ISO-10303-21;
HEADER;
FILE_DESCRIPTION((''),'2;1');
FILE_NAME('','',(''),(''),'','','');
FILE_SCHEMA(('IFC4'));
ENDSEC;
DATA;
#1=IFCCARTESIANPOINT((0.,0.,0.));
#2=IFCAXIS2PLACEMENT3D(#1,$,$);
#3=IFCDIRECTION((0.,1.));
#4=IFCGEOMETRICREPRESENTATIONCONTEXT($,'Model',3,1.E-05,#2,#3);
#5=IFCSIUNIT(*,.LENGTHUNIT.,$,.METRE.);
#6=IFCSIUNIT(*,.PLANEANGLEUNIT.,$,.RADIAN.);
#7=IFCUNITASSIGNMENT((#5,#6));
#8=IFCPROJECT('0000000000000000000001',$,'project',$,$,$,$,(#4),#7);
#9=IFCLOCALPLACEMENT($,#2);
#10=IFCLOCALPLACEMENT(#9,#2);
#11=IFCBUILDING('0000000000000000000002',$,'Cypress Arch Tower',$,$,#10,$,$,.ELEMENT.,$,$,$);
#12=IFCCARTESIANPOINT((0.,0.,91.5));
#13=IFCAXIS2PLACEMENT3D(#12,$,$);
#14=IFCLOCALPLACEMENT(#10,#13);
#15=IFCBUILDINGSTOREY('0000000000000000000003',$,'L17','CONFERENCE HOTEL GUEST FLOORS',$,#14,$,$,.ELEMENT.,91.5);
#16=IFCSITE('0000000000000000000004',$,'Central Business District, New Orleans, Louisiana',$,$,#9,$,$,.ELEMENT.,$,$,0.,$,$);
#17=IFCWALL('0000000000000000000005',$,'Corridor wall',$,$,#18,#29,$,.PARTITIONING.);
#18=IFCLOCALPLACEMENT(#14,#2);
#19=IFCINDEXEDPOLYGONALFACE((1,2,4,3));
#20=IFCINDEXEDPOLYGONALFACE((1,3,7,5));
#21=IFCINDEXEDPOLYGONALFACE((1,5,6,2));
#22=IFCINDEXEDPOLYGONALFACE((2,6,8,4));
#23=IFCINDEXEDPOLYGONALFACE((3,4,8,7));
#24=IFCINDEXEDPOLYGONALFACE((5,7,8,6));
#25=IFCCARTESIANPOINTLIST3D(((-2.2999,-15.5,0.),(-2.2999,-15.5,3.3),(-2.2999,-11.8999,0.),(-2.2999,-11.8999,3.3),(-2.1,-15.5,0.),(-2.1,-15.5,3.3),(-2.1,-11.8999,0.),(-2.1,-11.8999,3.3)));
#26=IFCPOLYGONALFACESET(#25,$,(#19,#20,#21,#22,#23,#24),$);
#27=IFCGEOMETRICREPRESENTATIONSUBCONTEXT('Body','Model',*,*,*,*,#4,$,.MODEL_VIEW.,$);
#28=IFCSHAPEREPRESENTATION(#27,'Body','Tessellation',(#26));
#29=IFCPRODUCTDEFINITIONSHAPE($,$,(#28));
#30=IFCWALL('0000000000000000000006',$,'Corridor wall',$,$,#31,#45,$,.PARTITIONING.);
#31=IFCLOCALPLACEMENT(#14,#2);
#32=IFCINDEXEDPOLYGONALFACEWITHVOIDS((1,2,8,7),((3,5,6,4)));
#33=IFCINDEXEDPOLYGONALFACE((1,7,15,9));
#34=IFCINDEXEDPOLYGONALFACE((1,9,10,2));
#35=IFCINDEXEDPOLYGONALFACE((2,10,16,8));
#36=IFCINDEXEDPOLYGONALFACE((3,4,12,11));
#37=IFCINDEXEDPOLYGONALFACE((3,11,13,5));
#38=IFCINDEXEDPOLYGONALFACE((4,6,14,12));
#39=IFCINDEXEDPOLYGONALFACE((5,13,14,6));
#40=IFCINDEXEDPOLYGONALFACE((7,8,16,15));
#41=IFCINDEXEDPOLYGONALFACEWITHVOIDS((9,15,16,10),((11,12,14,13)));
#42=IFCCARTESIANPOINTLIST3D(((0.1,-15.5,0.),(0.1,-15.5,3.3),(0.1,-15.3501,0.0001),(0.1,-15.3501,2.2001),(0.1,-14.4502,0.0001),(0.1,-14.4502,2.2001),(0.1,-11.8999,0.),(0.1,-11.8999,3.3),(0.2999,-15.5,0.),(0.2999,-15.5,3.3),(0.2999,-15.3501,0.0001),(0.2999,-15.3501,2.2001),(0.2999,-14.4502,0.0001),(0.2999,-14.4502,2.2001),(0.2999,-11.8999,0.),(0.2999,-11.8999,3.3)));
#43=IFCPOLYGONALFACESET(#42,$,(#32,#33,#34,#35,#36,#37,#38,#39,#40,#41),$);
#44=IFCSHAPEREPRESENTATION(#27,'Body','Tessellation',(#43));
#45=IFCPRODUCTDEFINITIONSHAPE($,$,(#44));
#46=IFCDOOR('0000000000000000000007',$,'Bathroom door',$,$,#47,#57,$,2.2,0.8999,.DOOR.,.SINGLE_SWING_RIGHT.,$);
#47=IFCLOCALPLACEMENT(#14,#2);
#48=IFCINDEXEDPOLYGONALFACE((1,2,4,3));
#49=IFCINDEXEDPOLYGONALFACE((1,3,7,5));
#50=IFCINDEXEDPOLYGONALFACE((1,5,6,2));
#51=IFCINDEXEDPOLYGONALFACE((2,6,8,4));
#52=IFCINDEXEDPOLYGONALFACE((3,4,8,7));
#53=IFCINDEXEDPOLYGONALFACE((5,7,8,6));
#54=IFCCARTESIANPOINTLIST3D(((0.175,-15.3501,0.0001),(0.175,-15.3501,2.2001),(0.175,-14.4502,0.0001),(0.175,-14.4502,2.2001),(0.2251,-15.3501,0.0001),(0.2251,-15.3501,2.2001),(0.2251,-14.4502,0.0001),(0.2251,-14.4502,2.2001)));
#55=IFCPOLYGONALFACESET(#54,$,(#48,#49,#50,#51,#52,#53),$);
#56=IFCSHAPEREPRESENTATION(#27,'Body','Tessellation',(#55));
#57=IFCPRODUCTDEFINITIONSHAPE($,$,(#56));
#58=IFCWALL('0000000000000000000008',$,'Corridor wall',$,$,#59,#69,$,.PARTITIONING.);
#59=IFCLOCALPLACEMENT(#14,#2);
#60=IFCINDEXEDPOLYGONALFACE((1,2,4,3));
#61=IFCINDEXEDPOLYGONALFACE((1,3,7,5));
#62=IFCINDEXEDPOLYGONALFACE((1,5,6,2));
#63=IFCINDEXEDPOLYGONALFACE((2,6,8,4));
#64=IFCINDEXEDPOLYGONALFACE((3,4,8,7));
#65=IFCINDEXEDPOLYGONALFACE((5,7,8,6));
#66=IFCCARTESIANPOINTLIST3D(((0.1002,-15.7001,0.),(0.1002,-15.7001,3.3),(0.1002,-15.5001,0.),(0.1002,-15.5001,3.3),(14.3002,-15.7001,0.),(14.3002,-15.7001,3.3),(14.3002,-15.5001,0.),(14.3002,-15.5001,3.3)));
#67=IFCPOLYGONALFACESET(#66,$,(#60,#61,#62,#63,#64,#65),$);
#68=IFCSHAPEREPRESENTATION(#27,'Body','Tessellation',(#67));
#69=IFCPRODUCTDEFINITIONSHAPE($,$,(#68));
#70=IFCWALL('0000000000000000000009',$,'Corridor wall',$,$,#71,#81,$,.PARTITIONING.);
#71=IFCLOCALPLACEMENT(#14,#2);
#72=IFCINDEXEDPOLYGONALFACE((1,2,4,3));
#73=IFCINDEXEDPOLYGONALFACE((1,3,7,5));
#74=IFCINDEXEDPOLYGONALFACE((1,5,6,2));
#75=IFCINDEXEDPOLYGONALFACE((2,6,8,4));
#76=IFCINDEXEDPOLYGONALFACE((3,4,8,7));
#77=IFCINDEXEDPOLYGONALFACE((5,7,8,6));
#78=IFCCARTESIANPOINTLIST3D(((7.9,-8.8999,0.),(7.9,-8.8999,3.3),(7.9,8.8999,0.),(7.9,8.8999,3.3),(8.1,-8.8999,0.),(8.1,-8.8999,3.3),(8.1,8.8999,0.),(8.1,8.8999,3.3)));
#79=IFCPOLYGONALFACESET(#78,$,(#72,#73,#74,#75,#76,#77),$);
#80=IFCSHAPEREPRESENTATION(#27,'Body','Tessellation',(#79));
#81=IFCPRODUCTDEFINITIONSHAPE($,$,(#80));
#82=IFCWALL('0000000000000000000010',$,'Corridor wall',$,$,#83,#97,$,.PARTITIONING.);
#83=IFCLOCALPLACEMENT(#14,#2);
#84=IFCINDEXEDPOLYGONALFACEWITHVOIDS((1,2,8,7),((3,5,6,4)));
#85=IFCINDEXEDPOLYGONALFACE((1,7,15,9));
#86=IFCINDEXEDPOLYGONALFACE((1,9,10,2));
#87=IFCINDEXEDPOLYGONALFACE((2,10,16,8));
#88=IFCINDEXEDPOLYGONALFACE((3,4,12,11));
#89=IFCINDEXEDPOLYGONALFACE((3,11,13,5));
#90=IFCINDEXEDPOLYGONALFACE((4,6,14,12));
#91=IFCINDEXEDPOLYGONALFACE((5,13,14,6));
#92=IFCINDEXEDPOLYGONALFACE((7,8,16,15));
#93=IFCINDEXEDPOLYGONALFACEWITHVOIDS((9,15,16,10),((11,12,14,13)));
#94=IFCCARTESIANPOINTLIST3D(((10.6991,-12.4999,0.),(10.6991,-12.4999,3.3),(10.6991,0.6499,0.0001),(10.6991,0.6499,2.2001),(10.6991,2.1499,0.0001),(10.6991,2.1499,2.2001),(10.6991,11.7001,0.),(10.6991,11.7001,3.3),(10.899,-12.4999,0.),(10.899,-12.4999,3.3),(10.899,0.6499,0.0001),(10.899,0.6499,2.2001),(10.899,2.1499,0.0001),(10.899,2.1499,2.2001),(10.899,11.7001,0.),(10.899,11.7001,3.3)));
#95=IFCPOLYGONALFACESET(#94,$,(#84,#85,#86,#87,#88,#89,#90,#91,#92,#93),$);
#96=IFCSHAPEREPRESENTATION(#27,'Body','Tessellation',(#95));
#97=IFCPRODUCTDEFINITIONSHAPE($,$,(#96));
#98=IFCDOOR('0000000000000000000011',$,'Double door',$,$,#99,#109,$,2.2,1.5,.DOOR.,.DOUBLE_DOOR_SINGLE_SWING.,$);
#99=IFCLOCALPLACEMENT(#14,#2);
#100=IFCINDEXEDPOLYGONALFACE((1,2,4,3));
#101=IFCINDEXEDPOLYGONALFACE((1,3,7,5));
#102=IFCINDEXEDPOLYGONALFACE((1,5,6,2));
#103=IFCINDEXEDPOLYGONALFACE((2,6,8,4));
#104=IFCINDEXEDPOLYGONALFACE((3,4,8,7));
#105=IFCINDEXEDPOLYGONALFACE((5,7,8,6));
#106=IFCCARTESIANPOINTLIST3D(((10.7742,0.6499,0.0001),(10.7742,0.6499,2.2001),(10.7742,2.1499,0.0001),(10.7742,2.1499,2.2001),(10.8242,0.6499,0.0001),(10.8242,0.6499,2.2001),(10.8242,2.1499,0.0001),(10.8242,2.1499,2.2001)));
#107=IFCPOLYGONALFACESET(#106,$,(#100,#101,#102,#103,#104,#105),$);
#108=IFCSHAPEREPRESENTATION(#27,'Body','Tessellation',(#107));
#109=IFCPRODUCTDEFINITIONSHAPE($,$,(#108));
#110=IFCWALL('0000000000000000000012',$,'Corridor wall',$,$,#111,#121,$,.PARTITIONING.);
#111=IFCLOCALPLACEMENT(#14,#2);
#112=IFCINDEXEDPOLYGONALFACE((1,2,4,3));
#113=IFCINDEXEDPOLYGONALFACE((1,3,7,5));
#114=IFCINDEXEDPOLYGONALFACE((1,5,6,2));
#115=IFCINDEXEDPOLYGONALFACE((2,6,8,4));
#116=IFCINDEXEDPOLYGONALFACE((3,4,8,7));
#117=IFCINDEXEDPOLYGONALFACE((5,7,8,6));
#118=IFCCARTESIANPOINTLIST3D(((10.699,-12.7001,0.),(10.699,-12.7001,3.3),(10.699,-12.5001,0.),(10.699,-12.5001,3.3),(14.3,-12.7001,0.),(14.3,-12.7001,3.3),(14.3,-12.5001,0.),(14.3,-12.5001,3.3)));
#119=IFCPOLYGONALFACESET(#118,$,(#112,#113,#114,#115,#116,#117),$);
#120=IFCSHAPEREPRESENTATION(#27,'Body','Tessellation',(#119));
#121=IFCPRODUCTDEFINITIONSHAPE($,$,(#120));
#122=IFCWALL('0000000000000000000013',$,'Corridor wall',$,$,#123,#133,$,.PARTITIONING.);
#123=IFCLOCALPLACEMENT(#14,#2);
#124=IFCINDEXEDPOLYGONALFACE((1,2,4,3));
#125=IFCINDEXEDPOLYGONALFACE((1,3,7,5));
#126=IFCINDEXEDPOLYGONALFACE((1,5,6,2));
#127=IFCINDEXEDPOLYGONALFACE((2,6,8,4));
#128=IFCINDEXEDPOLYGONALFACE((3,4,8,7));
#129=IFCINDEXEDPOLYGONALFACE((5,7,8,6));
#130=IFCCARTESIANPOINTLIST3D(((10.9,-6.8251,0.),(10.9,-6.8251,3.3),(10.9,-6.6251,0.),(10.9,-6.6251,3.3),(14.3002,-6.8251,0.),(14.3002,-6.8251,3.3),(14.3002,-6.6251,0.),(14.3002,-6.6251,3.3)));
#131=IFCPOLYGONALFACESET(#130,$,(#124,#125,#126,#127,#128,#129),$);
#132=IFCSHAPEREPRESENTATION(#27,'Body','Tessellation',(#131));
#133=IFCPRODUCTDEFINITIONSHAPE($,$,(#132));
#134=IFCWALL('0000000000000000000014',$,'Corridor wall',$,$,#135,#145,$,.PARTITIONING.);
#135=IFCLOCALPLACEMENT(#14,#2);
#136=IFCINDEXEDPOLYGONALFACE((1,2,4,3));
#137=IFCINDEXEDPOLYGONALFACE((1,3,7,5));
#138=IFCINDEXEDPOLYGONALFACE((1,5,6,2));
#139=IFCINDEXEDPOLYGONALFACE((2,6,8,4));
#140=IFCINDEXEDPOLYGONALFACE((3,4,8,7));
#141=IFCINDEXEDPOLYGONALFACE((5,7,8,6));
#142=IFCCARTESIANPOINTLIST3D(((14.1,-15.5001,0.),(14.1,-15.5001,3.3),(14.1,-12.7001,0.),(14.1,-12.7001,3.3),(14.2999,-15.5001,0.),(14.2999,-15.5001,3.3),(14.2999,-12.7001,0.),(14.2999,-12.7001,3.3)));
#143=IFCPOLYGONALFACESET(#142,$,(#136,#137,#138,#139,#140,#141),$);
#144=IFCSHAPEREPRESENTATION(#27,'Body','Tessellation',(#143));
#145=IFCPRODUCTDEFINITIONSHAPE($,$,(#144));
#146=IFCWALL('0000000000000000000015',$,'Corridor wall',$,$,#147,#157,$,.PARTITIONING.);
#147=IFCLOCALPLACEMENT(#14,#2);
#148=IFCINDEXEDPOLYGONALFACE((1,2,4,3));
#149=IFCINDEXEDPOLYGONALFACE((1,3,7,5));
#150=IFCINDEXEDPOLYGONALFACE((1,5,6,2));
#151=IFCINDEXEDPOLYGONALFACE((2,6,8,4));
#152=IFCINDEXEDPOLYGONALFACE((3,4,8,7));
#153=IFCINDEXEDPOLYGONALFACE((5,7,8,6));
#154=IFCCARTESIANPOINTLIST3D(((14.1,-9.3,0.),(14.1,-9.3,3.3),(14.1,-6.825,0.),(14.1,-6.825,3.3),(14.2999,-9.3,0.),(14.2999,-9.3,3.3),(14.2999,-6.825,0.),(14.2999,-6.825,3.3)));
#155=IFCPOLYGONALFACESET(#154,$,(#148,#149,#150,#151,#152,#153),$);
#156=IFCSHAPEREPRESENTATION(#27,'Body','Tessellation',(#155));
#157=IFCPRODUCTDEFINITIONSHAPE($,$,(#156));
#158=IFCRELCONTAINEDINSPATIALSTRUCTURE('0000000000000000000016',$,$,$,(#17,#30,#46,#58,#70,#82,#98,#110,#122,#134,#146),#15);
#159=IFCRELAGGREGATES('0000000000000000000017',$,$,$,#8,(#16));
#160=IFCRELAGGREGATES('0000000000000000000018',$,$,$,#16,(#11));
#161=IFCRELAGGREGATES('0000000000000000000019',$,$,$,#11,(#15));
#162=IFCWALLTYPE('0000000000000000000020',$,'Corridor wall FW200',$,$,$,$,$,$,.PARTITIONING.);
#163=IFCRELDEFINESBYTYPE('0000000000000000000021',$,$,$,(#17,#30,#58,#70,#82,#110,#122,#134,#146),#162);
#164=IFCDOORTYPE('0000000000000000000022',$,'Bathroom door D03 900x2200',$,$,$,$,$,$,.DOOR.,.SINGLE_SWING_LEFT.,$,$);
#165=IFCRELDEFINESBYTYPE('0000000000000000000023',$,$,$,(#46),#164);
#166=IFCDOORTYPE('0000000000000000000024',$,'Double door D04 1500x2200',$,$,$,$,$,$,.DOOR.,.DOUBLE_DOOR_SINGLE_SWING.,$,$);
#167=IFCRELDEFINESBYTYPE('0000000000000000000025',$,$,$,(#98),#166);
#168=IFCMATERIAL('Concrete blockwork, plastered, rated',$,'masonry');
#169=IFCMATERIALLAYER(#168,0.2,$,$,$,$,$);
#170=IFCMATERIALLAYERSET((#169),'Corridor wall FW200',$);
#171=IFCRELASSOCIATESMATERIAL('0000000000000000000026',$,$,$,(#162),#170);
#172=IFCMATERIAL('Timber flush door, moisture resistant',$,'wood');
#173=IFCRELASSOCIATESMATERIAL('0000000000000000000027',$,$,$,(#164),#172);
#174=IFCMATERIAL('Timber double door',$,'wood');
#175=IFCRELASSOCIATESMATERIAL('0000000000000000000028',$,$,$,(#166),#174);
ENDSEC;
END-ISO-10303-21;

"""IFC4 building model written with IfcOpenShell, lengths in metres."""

from ifc_helpers import new_model, si_unit, direction, frame, frame_2d, origin, place, context, subcontext, project, spatial, rectangle, extrude, material, layer, layer_set, type_object, element, fill, save


model = new_model("IFC4")

# Units and contexts
model_context = context("Model", 3, precision=1e-05, world=origin(), true_north=direction((0.0, 1.0)))
body_context = subcontext(model_context, "Body", "Model", "MODEL_VIEW")
ifc_project = project(units=[si_unit("LENGTHUNIT", "METRE"), si_unit("PLANEANGLEUNIT", "RADIAN")], contexts=[model_context])

# Site, building, storey
site_placement = place(None, origin())
site = spatial("IfcSite", under=ifc_project, at=site_placement, Name="Central Business District, New Orleans, Louisiana", CompositionType="ELEMENT", RefElevation=0.0)
building_placement = place(site_placement, origin())
building = spatial("IfcBuilding", under=site, at=building_placement, Name="Cypress Arch Tower", CompositionType="ELEMENT")
storey_placement = place(building_placement, frame((0.0, 0.0, 91.5)))
storey = spatial("IfcBuildingStorey", under=building, at=storey_placement, Name="L17", Description="CONFERENCE HOTEL GUEST FLOORS", CompositionType="ELEMENT", Elevation=91.5)

# Shared definitions
ifc_material_1 = material(Name="Concrete blockwork, plastered, rated", Category="masonry")
ifc_layer_1 = layer(ifc_material_1, 0.2)
ifc_layer_set_1 = layer_set([ifc_layer_1], Name="Corridor wall FW200")
wall_type_1 = type_object("IfcWallType", Name="Corridor wall FW200", PredefinedType="PARTITIONING", material=ifc_layer_set_1)

# Wall
wall_1_placement = place(storey_placement, frame((-2.2, -15.5, 0.0), z_axis=(0.0, 0.0, 1.0), x_axis=(0.0, 1.0, 0.0)))
element("IfcWall", 1, at=wall_1_placement, inside=storey, type_object=wall_type_1, Name="Corridor wall", PredefinedType="PARTITIONING", context=body_context, shape_type="SweptSolid", body=[
    extrude(rectangle(XDim=3.6001, YDim=0.2, at=frame_2d((1.8, 0.0))), origin(), (0.0, 0.0, 1.0), 3.3),
])

# Wall, opening, door
wall_2_placement = place(storey_placement, frame((0.2, -15.5, 0.0), z_axis=(0.0, 0.0, 1.0), x_axis=(0.0, 1.0, 0.0)))
wall_2 = element("IfcWall", 2, at=wall_2_placement, inside=storey, type_object=wall_type_1, Name="Corridor wall", PredefinedType="PARTITIONING", context=body_context, shape_type="SweptSolid", body=[
    extrude(rectangle(XDim=3.6001, YDim=0.2, at=frame_2d((1.8, 0.0))), origin(), (0.0, 0.0, 1.0), 3.3),
])
opening_1_placement = place(wall_2_placement, frame((0.1499, 0.0, 0.0)))
opening_1 = element("IfcOpeningElement", 3, at=opening_1_placement, cuts=wall_2, PredefinedType="OPENING", context=body_context, shape_type="SweptSolid", body=[
    extrude(rectangle(XDim=0.8999, YDim=2.2, at=frame_2d((0.45, 1.1001))), frame((0.0, 0.1099, 0.0), z_axis=(0.0, -1.0, 0.0), x_axis=(1.0, 0.0, 0.0)), (0.0, 0.0, 1.0), 0.22),
])
ifc_material_2 = material(Name="Timber flush door, moisture resistant", Category="wood")
door_type_1 = type_object("IfcDoorType", Name="Bathroom door D03 900x2200", OperationType="SINGLE_SWING_LEFT", PredefinedType="DOOR", material=ifc_material_2)
door_1_placement = place(opening_1_placement, origin())
door_1 = element("IfcDoor", 4, at=door_1_placement, inside=storey, type_object=door_type_1, Name="Bathroom door", OperationType="SINGLE_SWING_RIGHT", OverallHeight=2.2, OverallWidth=0.8999, PredefinedType="DOOR", context=body_context, shape_type="SweptSolid", body=[
    extrude(rectangle(XDim=0.8999, YDim=2.2, at=frame_2d((0.45, 1.1001))), frame((0.0, 0.0249, 0.0), z_axis=(0.0, -1.0, 0.0), x_axis=(1.0, 0.0, 0.0)), (0.0, 0.0, 1.0), 0.05),
])
fill(opening_1, door_1)

# Walls
wall_3_placement = place(storey_placement, frame((0.1001, -15.6001, 0.0), z_axis=(0.0, 0.0, 1.0), x_axis=(1.0, 0.0, 0.0)))
element("IfcWall", 5, at=wall_3_placement, inside=storey, type_object=wall_type_1, Name="Corridor wall", PredefinedType="PARTITIONING", context=body_context, shape_type="SweptSolid", body=[
    extrude(rectangle(XDim=14.2, YDim=0.2, at=frame_2d((7.1001, 0.0))), origin(), (0.0, 0.0, 1.0), 3.3),
])
wall_4_placement = place(storey_placement, frame((8.0, -8.8999, 0.0), z_axis=(0.0, 0.0, 1.0), x_axis=(0.0, 1.0, 0.0)))
element("IfcWall", 6, at=wall_4_placement, inside=storey, type_object=wall_type_1, Name="Corridor wall", PredefinedType="PARTITIONING", context=body_context, shape_type="SweptSolid", body=[
    extrude(rectangle(XDim=17.7998, YDim=0.2, at=frame_2d((8.8999, 0.0))), origin(), (0.0, 0.0, 1.0), 3.3),
])

# Wall, opening, door
wall_5_placement = place(storey_placement, frame((10.7991, -12.5, 0.0), z_axis=(0.0, 0.0, 1.0), x_axis=(0.0, 1.0, 0.0)))
wall_5 = element("IfcWall", 7, at=wall_5_placement, inside=storey, type_object=wall_type_1, Name="Corridor wall", PredefinedType="PARTITIONING", context=body_context, shape_type="SweptSolid", body=[
    extrude(rectangle(XDim=24.2, YDim=0.2, at=frame_2d((12.1001, 0.0))), origin(), (0.0, 0.0, 1.0), 3.3),
])
opening_2_placement = place(wall_5_placement, frame((13.1499, 0.0, 0.0)))
opening_2 = element("IfcOpeningElement", 8, at=opening_2_placement, cuts=wall_5, PredefinedType="OPENING", context=body_context, shape_type="SweptSolid", body=[
    extrude(rectangle(XDim=1.5, YDim=2.2, at=frame_2d((0.75, 1.1001))), frame((0.0, 0.1099, 0.0), z_axis=(0.0, -1.0, 0.0), x_axis=(1.0, 0.0, 0.0)), (0.0, 0.0, 1.0), 0.22),
])
ifc_material_3 = material(Name="Timber double door", Category="wood")
door_type_2 = type_object("IfcDoorType", Name="Double door D04 1500x2200", OperationType="DOUBLE_DOOR_SINGLE_SWING", PredefinedType="DOOR", material=ifc_material_3)
door_2_placement = place(opening_2_placement, origin())
door_2 = element("IfcDoor", 9, at=door_2_placement, inside=storey, type_object=door_type_2, Name="Double door", OperationType="DOUBLE_DOOR_SINGLE_SWING", OverallHeight=2.2, OverallWidth=1.5, PredefinedType="DOOR", context=body_context, shape_type="SweptSolid", body=[
    extrude(rectangle(XDim=1.5, YDim=2.2, at=frame_2d((0.75, 1.1001))), frame((0.0, 0.0249, 0.0), z_axis=(0.0, -1.0, 0.0), x_axis=(1.0, 0.0, 0.0)), (0.0, 0.0, 1.0), 0.05),
])
fill(opening_2, door_2)

# Wall
wall_6_placement = place(storey_placement, frame((10.699, -12.6001, 0.0), z_axis=(0.0, 0.0, 1.0), x_axis=(1.0, 0.0, 0.0)))
element("IfcWall", 10, at=wall_6_placement, inside=storey, type_object=wall_type_1, Name="Corridor wall", PredefinedType="PARTITIONING", context=body_context, shape_type="SweptSolid", body=[
    extrude(rectangle(XDim=3.6011, YDim=0.2, at=frame_2d((1.8005, 0.0))), origin(), (0.0, 0.0, 1.0), 3.3),
])

# Walls
wall_7_placement = place(storey_placement, frame((10.8999, -6.7251, 0.0), z_axis=(0.0, 0.0, 1.0), x_axis=(1.0, 0.0, 0.0)))
element("IfcWall", 11, at=wall_7_placement, inside=storey, type_object=wall_type_1, Name="Corridor wall", PredefinedType="PARTITIONING", context=body_context, shape_type="SweptSolid", body=[
    extrude(rectangle(XDim=3.4001, YDim=0.2, at=frame_2d((1.7002, 0.0))), origin(), (0.0, 0.0, 1.0), 3.3),
])
wall_8_placement = place(storey_placement, frame((14.2, -15.5, 0.0), z_axis=(0.0, 0.0, 1.0), x_axis=(0.0, 1.0, 0.0)))
element("IfcWall", 12, at=wall_8_placement, inside=storey, type_object=wall_type_1, Name="Corridor wall", PredefinedType="PARTITIONING", context=body_context, shape_type="SweptSolid", body=[
    extrude(rectangle(XDim=2.8, YDim=0.2, at=frame_2d((1.3999, 0.0))), origin(), (0.0, 0.0, 1.0), 3.3),
])
wall_9_placement = place(storey_placement, frame((14.2, -9.3, 0.0), z_axis=(0.0, 0.0, 1.0), x_axis=(0.0, 1.0, 0.0)))
element("IfcWall", 13, at=wall_9_placement, inside=storey, type_object=wall_type_1, Name="Corridor wall", PredefinedType="PARTITIONING", context=body_context, shape_type="SweptSolid", body=[
    extrude(rectangle(XDim=2.4751, YDim=0.2, at=frame_2d((1.2375, 0.0))), origin(), (0.0, 0.0, 1.0), 3.3),
])

save(model, "model.ifc")
